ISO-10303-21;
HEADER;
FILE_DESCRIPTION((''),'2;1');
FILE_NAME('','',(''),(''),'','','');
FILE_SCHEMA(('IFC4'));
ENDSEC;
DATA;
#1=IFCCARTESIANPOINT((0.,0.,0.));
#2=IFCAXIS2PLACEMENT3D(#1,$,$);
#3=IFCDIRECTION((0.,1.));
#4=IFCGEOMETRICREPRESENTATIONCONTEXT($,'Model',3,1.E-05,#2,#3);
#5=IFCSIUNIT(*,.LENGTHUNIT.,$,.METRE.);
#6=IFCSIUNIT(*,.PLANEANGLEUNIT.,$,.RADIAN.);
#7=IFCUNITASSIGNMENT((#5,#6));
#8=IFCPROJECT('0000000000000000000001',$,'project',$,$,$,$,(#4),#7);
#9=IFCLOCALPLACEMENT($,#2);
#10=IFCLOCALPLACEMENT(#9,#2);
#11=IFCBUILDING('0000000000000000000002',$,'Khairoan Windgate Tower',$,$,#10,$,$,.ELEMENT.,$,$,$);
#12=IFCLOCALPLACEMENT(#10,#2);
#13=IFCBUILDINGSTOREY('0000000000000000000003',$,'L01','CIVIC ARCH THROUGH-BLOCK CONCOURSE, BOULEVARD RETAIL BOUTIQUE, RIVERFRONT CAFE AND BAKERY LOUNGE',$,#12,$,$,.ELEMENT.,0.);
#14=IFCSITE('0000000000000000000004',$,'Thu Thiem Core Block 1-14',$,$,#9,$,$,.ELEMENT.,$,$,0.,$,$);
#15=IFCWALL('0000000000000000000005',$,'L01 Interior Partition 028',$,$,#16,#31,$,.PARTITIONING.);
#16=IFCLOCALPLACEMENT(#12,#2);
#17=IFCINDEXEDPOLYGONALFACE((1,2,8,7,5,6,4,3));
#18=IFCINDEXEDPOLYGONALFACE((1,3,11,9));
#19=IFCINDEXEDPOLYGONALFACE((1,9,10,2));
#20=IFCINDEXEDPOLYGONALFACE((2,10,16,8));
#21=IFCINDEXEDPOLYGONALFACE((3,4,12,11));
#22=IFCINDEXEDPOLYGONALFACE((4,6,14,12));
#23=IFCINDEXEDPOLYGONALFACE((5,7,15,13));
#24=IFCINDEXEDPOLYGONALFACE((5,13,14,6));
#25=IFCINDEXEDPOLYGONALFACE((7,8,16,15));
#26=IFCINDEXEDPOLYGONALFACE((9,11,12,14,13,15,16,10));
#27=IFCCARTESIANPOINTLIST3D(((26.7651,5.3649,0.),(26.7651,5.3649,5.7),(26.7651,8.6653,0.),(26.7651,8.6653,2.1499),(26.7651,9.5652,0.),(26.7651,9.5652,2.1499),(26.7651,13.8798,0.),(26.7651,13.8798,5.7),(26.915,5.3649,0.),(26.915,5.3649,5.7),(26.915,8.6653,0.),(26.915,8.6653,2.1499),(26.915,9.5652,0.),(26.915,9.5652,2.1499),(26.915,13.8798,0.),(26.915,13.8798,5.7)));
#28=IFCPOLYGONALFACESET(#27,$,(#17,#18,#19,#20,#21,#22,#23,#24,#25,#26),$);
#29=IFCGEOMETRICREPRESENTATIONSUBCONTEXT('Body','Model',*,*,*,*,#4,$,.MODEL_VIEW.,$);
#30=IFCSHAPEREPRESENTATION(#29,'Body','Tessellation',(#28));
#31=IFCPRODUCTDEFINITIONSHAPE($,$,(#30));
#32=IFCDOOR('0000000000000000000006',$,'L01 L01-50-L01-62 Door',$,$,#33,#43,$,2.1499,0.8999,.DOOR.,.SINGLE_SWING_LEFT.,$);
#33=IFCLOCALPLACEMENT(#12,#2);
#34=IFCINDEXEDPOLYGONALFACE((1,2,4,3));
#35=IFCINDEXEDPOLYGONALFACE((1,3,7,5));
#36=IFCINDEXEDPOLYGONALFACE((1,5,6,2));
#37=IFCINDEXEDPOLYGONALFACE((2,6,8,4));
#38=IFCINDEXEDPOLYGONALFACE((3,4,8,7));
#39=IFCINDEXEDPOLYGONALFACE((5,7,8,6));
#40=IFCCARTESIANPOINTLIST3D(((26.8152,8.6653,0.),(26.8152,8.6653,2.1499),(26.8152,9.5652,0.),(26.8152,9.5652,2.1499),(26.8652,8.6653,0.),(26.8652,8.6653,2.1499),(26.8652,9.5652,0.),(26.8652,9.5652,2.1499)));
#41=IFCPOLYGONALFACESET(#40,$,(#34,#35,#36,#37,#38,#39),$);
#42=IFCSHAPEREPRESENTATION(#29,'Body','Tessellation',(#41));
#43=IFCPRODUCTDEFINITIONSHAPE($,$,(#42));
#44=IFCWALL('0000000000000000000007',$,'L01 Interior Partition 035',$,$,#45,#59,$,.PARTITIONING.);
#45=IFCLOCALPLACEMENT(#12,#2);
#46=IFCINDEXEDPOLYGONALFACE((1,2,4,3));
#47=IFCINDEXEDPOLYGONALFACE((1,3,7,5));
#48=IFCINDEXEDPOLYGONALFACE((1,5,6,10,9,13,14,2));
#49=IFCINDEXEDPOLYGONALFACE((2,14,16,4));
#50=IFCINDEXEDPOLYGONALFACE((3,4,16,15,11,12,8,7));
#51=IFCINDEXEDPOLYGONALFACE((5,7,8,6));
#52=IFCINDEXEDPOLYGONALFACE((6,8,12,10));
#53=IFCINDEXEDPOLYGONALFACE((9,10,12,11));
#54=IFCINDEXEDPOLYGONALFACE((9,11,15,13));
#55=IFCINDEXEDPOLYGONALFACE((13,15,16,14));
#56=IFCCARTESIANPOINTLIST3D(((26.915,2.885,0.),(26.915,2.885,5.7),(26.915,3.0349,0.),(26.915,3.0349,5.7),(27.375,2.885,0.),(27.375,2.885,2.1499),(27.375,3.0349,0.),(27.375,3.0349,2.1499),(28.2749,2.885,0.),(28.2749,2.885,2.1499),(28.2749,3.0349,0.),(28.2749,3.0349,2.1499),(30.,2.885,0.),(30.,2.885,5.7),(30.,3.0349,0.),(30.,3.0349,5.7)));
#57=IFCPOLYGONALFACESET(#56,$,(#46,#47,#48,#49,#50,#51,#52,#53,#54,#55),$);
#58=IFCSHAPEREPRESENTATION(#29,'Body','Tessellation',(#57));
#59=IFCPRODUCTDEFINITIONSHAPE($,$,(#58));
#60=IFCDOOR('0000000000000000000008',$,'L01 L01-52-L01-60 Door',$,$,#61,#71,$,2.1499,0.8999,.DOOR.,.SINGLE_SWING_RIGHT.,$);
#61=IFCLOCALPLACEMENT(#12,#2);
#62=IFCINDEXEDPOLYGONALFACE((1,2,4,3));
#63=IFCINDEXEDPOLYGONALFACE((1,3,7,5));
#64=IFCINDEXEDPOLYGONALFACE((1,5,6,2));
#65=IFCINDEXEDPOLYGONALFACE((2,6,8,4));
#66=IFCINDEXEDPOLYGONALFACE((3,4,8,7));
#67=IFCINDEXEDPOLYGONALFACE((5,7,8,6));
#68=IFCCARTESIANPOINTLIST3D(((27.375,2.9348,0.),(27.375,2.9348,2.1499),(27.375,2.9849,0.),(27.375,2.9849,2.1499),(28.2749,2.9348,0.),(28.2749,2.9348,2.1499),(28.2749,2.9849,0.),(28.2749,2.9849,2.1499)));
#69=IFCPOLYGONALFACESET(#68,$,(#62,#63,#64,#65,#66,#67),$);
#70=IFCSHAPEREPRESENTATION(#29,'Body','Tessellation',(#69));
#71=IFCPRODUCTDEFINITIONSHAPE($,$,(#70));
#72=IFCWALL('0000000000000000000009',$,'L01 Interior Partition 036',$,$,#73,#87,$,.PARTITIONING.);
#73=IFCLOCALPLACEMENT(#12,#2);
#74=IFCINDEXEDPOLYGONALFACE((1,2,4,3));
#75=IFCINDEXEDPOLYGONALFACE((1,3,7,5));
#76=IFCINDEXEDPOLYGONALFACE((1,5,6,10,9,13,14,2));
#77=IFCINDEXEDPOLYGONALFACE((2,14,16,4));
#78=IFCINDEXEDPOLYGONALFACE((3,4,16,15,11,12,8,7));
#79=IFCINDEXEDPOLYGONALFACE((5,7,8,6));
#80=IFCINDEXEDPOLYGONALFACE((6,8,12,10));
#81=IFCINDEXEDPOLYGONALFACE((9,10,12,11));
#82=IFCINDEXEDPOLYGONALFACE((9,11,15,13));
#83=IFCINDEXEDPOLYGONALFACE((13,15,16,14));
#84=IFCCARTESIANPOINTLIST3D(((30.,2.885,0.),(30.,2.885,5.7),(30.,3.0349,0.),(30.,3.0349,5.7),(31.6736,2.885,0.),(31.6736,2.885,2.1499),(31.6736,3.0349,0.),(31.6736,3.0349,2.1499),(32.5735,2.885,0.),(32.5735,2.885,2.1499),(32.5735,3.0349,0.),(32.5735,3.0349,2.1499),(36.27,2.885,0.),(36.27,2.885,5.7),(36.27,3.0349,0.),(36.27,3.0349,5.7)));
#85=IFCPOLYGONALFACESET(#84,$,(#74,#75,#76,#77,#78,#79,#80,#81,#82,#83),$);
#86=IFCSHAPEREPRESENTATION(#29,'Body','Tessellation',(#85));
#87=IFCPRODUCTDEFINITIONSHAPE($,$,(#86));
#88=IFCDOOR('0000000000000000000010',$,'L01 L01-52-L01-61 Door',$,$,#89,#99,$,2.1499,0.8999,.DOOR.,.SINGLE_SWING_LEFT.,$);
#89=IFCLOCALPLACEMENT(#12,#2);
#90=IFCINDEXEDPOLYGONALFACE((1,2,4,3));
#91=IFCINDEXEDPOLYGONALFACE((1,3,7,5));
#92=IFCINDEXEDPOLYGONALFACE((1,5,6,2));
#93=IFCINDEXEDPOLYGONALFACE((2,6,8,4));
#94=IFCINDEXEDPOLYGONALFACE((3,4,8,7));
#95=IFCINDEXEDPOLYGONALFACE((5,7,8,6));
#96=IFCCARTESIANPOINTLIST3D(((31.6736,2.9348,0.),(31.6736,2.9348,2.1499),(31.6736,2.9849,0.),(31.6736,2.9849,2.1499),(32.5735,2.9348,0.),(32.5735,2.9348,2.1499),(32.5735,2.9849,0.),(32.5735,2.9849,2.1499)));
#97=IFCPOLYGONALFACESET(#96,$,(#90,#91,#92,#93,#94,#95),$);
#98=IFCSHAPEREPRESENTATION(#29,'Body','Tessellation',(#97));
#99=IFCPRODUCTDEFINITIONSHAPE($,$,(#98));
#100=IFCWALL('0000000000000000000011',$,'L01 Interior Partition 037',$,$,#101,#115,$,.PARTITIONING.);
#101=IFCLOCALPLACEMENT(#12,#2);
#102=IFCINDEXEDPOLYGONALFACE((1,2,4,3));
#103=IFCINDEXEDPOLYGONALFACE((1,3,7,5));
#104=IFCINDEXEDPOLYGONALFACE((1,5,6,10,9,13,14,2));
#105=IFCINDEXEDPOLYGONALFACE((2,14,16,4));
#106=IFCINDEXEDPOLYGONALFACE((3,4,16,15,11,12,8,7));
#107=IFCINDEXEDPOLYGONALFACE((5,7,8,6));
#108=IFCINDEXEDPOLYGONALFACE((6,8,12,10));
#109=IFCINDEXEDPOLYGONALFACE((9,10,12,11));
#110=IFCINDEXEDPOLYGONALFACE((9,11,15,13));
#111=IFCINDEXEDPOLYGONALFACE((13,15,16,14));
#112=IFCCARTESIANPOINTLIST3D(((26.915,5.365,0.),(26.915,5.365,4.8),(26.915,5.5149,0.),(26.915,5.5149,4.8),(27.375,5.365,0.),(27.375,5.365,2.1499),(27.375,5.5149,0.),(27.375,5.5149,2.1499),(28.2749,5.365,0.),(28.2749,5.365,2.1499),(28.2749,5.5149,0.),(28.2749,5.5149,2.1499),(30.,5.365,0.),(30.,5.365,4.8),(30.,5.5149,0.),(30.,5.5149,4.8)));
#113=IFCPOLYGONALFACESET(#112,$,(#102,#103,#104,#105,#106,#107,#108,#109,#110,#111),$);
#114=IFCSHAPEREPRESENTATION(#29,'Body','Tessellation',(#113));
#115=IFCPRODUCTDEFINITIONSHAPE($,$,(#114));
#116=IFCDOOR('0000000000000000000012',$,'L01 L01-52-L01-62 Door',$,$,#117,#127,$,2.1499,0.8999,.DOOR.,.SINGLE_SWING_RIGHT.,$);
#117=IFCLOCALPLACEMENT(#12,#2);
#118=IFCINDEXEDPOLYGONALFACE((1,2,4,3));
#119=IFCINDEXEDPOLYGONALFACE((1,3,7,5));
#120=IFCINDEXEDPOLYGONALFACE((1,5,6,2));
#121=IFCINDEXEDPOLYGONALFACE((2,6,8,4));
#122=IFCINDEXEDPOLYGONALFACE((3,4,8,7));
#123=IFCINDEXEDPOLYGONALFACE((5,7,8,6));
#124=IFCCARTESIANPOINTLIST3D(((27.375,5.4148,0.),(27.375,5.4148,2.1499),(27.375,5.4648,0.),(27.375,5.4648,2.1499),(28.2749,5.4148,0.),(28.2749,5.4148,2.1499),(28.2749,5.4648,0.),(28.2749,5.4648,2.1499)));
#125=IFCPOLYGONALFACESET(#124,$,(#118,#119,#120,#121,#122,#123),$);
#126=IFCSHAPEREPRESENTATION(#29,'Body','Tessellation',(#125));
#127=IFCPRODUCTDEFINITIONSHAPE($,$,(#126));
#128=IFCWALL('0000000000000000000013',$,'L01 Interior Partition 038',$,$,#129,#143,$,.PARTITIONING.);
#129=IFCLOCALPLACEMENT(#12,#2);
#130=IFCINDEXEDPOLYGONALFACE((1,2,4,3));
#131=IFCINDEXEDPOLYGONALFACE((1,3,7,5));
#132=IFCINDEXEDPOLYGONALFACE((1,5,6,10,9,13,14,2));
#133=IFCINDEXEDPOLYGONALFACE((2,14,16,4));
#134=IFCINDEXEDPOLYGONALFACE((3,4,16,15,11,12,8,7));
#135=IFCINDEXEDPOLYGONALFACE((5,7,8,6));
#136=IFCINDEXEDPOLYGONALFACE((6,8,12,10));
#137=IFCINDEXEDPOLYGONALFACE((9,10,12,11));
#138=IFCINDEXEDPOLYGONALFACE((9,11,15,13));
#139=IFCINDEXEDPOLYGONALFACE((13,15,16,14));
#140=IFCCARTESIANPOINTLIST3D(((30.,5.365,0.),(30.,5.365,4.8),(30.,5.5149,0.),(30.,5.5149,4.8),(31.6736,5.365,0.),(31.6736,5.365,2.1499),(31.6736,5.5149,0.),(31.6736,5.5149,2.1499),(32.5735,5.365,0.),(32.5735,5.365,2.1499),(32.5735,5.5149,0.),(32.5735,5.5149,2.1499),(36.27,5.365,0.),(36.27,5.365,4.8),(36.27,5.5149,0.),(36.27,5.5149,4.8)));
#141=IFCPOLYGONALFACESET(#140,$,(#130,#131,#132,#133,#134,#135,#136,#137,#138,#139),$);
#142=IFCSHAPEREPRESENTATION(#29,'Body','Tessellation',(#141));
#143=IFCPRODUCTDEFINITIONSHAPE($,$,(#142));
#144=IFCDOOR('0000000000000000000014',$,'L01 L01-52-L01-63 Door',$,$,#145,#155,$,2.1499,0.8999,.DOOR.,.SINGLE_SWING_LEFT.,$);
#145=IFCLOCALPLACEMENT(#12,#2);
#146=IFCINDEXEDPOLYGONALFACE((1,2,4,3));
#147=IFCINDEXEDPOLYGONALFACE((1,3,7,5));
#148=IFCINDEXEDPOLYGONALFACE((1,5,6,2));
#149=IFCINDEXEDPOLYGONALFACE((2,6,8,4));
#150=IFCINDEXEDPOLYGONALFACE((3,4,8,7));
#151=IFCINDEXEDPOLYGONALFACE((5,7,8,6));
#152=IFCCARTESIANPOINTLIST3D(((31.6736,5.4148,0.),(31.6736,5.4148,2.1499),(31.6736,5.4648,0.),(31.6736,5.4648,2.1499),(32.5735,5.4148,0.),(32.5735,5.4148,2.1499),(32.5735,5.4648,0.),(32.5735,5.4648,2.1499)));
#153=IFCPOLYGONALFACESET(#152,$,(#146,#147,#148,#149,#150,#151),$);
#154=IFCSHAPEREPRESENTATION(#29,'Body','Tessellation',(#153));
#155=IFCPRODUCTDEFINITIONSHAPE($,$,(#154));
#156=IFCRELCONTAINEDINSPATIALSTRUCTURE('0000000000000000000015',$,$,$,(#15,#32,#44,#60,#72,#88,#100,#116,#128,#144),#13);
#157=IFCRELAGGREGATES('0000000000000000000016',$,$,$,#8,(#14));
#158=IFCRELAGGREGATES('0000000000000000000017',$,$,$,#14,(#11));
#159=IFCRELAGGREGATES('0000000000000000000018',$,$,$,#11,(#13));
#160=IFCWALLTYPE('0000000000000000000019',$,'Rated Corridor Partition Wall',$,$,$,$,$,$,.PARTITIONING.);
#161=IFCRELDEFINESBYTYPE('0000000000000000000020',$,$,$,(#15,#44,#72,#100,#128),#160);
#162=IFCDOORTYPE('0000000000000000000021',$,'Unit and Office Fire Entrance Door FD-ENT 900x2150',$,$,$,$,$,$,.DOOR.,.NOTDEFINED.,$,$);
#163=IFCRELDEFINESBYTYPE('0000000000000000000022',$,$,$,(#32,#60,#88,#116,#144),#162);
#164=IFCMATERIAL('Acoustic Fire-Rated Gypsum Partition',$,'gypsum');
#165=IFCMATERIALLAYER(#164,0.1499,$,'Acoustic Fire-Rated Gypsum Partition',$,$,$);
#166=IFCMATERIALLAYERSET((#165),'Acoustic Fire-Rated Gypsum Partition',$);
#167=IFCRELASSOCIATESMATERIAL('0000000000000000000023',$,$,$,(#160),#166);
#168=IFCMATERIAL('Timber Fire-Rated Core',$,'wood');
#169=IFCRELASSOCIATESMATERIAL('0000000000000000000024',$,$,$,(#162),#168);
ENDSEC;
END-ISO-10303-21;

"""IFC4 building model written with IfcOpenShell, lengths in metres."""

from ifc_helpers import new_model, si_unit, direction, frame, frame_2d, origin, place, context, subcontext, project, spatial, rectangle, extrude, material, layer, layer_set, type_object, element, fill, save


model = new_model("IFC4")

# Units and contexts
model_context = context("Model", 3, precision=1e-05, world=origin(), true_north=direction((0.0, 1.0)))
body_context = subcontext(model_context, "Body", "Model", "MODEL_VIEW")
ifc_project = project(units=[si_unit("LENGTHUNIT", "METRE"), si_unit("PLANEANGLEUNIT", "RADIAN")], contexts=[model_context])

# Site, building, storey
site_placement = place(None, origin())
site = spatial("IfcSite", under=ifc_project, at=site_placement, Name="Thu Thiem Core Block 1-14", CompositionType="ELEMENT", RefElevation=0.0)
building_placement = place(site_placement, origin())
building = spatial("IfcBuilding", under=site, at=building_placement, Name="Khairoan Windgate Tower", CompositionType="ELEMENT")
storey_placement = place(building_placement, origin())
storey = spatial("IfcBuildingStorey", under=building, at=storey_placement, Name="L01", Description="CIVIC ARCH THROUGH-BLOCK CONCOURSE, BOULEVARD RETAIL BOUTIQUE, RIVERFRONT CAFE AND BAKERY LOUNGE", CompositionType="ELEMENT", Elevation=0.0)

# Walls, openings, doors
ifc_material_1 = material(Name="Acoustic Fire-Rated Gypsum Partition", Category="gypsum")
ifc_layer_1 = layer(ifc_material_1, 0.1499, Name="Acoustic Fire-Rated Gypsum Partition")
ifc_layer_set_1 = layer_set([ifc_layer_1], Name="Acoustic Fire-Rated Gypsum Partition")
wall_type_1 = type_object("IfcWallType", Name="Rated Corridor Partition Wall", PredefinedType="PARTITIONING", material=ifc_layer_set_1)
wall_1_placement = place(storey_placement, frame((26.8401, 5.365, 0.0), z_axis=(0.0, 0.0, 1.0), x_axis=(0.0, 1.0, 0.0)))
wall_1 = element("IfcWall", 1, at=wall_1_placement, inside=storey, type_object=wall_type_1, Name="L01 Interior Partition 028", PredefinedType="PARTITIONING", context=body_context, shape_type="SweptSolid", body=[
    extrude(rectangle(XDim=8.5149, YDim=0.1499, at=frame_2d((4.2573, 0.0))), origin(), (0.0, 0.0, 1.0), 5.7),
])
opening_1_placement = place(wall_1_placement, frame((3.3003, 0.0, 0.0)))
opening_1 = element("IfcOpeningElement", 2, at=opening_1_placement, cuts=wall_1, PredefinedType="OPENING", context=body_context, shape_type="SweptSolid", body=[
    extrude(rectangle(XDim=0.8999, YDim=2.1499, at=frame_2d((0.45, 1.075))), frame((0.0, 0.085, 0.0), z_axis=(0.0, -1.0, 0.0), x_axis=(1.0, 0.0, 0.0)), (0.0, 0.0, 1.0), 0.1699),
])
ifc_material_2 = material(Name="Timber Fire-Rated Core", Category="wood")
door_type = type_object("IfcDoorType", Name="Unit and Office Fire Entrance Door FD-ENT 900x2150", OperationType="NOTDEFINED", PredefinedType="DOOR", material=ifc_material_2)
door_1_placement = place(opening_1_placement, origin())
door_1 = element("IfcDoor", 3, at=door_1_placement, inside=storey, type_object=door_type, Name="L01 L01-50-L01-62 Door", OperationType="SINGLE_SWING_LEFT", OverallHeight=2.1499, OverallWidth=0.8999, PredefinedType="DOOR", context=body_context, shape_type="SweptSolid", body=[
    extrude(rectangle(XDim=0.8999, YDim=2.1499, at=frame_2d((0.45, 1.075))), frame((0.0, 0.0249, 0.0), z_axis=(0.0, -1.0, 0.0), x_axis=(1.0, 0.0, 0.0)), (0.0, 0.0, 1.0), 0.05),
])
fill(opening_1, door_1)
wall_2_placement = place(storey_placement, frame((26.915, 2.96, 0.0), z_axis=(0.0, 0.0, 1.0), x_axis=(1.0, 0.0, 0.0)))
wall_2 = element("IfcWall", 4, at=wall_2_placement, inside=storey, type_object=wall_type_1, Name="L01 Interior Partition 035", PredefinedType="PARTITIONING", context=body_context, shape_type="SweptSolid", body=[
    extrude(rectangle(XDim=3.085, YDim=0.1499, at=frame_2d((1.5425, 0.0))), origin(), (0.0, 0.0, 1.0), 5.7),
])
opening_2_placement = place(wall_2_placement, frame((0.46, 0.0, 0.0)))
opening_2 = element("IfcOpeningElement", 5, at=opening_2_placement, cuts=wall_2, PredefinedType="OPENING", context=body_context, shape_type="SweptSolid", body=[
    extrude(rectangle(XDim=0.8999, YDim=2.1499, at=frame_2d((0.45, 1.075))), frame((0.0, 0.085, 0.0), z_axis=(0.0, -1.0, 0.0), x_axis=(1.0, 0.0, 0.0)), (0.0, 0.0, 1.0), 0.1699),
])
door_2_placement = place(opening_2_placement, origin())
door_2 = element("IfcDoor", 6, at=door_2_placement, inside=storey, type_object=door_type, Name="L01 L01-52-L01-60 Door", OperationType="SINGLE_SWING_RIGHT", OverallHeight=2.1499, OverallWidth=0.8999, PredefinedType="DOOR", context=body_context, shape_type="SweptSolid", body=[
    extrude(rectangle(XDim=0.8999, YDim=2.1499, at=frame_2d((0.45, 1.075))), frame((0.0, 0.0249, 0.0), z_axis=(0.0, -1.0, 0.0), x_axis=(1.0, 0.0, 0.0)), (0.0, 0.0, 1.0), 0.05),
])
fill(opening_2, door_2)
wall_3_placement = place(storey_placement, frame((30.0, 2.96, 0.0), z_axis=(0.0, 0.0, 1.0), x_axis=(1.0, 0.0, 0.0)))
wall_3 = element("IfcWall", 7, at=wall_3_placement, inside=storey, type_object=wall_type_1, Name="L01 Interior Partition 036", PredefinedType="PARTITIONING", context=body_context, shape_type="SweptSolid", body=[
    extrude(rectangle(XDim=6.27, YDim=0.1499, at=frame_2d((3.135, 0.0))), origin(), (0.0, 0.0, 1.0), 5.7),
])
opening_3_placement = place(wall_3_placement, frame((1.6736, 0.0, 0.0)))
opening_3 = element("IfcOpeningElement", 8, at=opening_3_placement, cuts=wall_3, PredefinedType="OPENING", context=body_context, shape_type="SweptSolid", body=[
    extrude(rectangle(XDim=0.8999, YDim=2.1499, at=frame_2d((0.45, 1.075))), frame((0.0, 0.085, 0.0), z_axis=(0.0, -1.0, 0.0), x_axis=(1.0, 0.0, 0.0)), (0.0, 0.0, 1.0), 0.1699),
])
door_3_placement = place(opening_3_placement, origin())
door_3 = element("IfcDoor", 9, at=door_3_placement, inside=storey, type_object=door_type, Name="L01 L01-52-L01-61 Door", OperationType="SINGLE_SWING_LEFT", OverallHeight=2.1499, OverallWidth=0.8999, PredefinedType="DOOR", context=body_context, shape_type="SweptSolid", body=[
    extrude(rectangle(XDim=0.8999, YDim=2.1499, at=frame_2d((0.45, 1.075))), frame((0.0, 0.0249, 0.0), z_axis=(0.0, -1.0, 0.0), x_axis=(1.0, 0.0, 0.0)), (0.0, 0.0, 1.0), 0.05),
])
fill(opening_3, door_3)
wall_4_placement = place(storey_placement, frame((26.915, 5.4399, 0.0), z_axis=(0.0, 0.0, 1.0), x_axis=(1.0, 0.0, 0.0)))
wall_4 = element("IfcWall", 10, at=wall_4_placement, inside=storey, type_object=wall_type_1, Name="L01 Interior Partition 037", PredefinedType="PARTITIONING", context=body_context, shape_type="SweptSolid", body=[
    extrude(rectangle(XDim=3.085, YDim=0.1499, at=frame_2d((1.5425, 0.0))), origin(), (0.0, 0.0, 1.0), 4.8),
])
opening_4_placement = place(wall_4_placement, frame((0.46, 0.0, 0.0)))
opening_4 = element("IfcOpeningElement", 11, at=opening_4_placement, cuts=wall_4, PredefinedType="OPENING", context=body_context, shape_type="SweptSolid", body=[
    extrude(rectangle(XDim=0.8999, YDim=2.1499, at=frame_2d((0.45, 1.075))), frame((0.0, 0.085, 0.0), z_axis=(0.0, -1.0, 0.0), x_axis=(1.0, 0.0, 0.0)), (0.0, 0.0, 1.0), 0.1699),
])
door_4_placement = place(opening_4_placement, origin())
door_4 = element("IfcDoor", 12, at=door_4_placement, inside=storey, type_object=door_type, Name="L01 L01-52-L01-62 Door", OperationType="SINGLE_SWING_RIGHT", OverallHeight=2.1499, OverallWidth=0.8999, PredefinedType="DOOR", context=body_context, shape_type="SweptSolid", body=[
    extrude(rectangle(XDim=0.8999, YDim=2.1499, at=frame_2d((0.45, 1.075))), frame((0.0, 0.0249, 0.0), z_axis=(0.0, -1.0, 0.0), x_axis=(1.0, 0.0, 0.0)), (0.0, 0.0, 1.0), 0.05),
])
fill(opening_4, door_4)
wall_5_placement = place(storey_placement, frame((30.0, 5.4399, 0.0), z_axis=(0.0, 0.0, 1.0), x_axis=(1.0, 0.0, 0.0)))
wall_5 = element("IfcWall", 13, at=wall_5_placement, inside=storey, type_object=wall_type_1, Name="L01 Interior Partition 038", PredefinedType="PARTITIONING", context=body_context, shape_type="SweptSolid", body=[
    extrude(rectangle(XDim=6.27, YDim=0.1499, at=frame_2d((3.135, 0.0))), origin(), (0.0, 0.0, 1.0), 4.8),
])
opening_5_placement = place(wall_5_placement, frame((1.6736, 0.0, 0.0)))
opening_5 = element("IfcOpeningElement", 14, at=opening_5_placement, cuts=wall_5, PredefinedType="OPENING", context=body_context, shape_type="SweptSolid", body=[
    extrude(rectangle(XDim=0.8999, YDim=2.1499, at=frame_2d((0.45, 1.075))), frame((0.0, 0.085, 0.0), z_axis=(0.0, -1.0, 0.0), x_axis=(1.0, 0.0, 0.0)), (0.0, 0.0, 1.0), 0.1699),
])
door_5_placement = place(opening_5_placement, origin())
door_5 = element("IfcDoor", 15, at=door_5_placement, inside=storey, type_object=door_type, Name="L01 L01-52-L01-63 Door", OperationType="SINGLE_SWING_LEFT", OverallHeight=2.1499, OverallWidth=0.8999, PredefinedType="DOOR", context=body_context, shape_type="SweptSolid", body=[
    extrude(rectangle(XDim=0.8999, YDim=2.1499, at=frame_2d((0.45, 1.075))), frame((0.0, 0.0249, 0.0), z_axis=(0.0, -1.0, 0.0), x_axis=(1.0, 0.0, 0.0)), (0.0, 0.0, 1.0), 0.05),
])
fill(opening_5, door_5)

save(model, "model.ifc")
